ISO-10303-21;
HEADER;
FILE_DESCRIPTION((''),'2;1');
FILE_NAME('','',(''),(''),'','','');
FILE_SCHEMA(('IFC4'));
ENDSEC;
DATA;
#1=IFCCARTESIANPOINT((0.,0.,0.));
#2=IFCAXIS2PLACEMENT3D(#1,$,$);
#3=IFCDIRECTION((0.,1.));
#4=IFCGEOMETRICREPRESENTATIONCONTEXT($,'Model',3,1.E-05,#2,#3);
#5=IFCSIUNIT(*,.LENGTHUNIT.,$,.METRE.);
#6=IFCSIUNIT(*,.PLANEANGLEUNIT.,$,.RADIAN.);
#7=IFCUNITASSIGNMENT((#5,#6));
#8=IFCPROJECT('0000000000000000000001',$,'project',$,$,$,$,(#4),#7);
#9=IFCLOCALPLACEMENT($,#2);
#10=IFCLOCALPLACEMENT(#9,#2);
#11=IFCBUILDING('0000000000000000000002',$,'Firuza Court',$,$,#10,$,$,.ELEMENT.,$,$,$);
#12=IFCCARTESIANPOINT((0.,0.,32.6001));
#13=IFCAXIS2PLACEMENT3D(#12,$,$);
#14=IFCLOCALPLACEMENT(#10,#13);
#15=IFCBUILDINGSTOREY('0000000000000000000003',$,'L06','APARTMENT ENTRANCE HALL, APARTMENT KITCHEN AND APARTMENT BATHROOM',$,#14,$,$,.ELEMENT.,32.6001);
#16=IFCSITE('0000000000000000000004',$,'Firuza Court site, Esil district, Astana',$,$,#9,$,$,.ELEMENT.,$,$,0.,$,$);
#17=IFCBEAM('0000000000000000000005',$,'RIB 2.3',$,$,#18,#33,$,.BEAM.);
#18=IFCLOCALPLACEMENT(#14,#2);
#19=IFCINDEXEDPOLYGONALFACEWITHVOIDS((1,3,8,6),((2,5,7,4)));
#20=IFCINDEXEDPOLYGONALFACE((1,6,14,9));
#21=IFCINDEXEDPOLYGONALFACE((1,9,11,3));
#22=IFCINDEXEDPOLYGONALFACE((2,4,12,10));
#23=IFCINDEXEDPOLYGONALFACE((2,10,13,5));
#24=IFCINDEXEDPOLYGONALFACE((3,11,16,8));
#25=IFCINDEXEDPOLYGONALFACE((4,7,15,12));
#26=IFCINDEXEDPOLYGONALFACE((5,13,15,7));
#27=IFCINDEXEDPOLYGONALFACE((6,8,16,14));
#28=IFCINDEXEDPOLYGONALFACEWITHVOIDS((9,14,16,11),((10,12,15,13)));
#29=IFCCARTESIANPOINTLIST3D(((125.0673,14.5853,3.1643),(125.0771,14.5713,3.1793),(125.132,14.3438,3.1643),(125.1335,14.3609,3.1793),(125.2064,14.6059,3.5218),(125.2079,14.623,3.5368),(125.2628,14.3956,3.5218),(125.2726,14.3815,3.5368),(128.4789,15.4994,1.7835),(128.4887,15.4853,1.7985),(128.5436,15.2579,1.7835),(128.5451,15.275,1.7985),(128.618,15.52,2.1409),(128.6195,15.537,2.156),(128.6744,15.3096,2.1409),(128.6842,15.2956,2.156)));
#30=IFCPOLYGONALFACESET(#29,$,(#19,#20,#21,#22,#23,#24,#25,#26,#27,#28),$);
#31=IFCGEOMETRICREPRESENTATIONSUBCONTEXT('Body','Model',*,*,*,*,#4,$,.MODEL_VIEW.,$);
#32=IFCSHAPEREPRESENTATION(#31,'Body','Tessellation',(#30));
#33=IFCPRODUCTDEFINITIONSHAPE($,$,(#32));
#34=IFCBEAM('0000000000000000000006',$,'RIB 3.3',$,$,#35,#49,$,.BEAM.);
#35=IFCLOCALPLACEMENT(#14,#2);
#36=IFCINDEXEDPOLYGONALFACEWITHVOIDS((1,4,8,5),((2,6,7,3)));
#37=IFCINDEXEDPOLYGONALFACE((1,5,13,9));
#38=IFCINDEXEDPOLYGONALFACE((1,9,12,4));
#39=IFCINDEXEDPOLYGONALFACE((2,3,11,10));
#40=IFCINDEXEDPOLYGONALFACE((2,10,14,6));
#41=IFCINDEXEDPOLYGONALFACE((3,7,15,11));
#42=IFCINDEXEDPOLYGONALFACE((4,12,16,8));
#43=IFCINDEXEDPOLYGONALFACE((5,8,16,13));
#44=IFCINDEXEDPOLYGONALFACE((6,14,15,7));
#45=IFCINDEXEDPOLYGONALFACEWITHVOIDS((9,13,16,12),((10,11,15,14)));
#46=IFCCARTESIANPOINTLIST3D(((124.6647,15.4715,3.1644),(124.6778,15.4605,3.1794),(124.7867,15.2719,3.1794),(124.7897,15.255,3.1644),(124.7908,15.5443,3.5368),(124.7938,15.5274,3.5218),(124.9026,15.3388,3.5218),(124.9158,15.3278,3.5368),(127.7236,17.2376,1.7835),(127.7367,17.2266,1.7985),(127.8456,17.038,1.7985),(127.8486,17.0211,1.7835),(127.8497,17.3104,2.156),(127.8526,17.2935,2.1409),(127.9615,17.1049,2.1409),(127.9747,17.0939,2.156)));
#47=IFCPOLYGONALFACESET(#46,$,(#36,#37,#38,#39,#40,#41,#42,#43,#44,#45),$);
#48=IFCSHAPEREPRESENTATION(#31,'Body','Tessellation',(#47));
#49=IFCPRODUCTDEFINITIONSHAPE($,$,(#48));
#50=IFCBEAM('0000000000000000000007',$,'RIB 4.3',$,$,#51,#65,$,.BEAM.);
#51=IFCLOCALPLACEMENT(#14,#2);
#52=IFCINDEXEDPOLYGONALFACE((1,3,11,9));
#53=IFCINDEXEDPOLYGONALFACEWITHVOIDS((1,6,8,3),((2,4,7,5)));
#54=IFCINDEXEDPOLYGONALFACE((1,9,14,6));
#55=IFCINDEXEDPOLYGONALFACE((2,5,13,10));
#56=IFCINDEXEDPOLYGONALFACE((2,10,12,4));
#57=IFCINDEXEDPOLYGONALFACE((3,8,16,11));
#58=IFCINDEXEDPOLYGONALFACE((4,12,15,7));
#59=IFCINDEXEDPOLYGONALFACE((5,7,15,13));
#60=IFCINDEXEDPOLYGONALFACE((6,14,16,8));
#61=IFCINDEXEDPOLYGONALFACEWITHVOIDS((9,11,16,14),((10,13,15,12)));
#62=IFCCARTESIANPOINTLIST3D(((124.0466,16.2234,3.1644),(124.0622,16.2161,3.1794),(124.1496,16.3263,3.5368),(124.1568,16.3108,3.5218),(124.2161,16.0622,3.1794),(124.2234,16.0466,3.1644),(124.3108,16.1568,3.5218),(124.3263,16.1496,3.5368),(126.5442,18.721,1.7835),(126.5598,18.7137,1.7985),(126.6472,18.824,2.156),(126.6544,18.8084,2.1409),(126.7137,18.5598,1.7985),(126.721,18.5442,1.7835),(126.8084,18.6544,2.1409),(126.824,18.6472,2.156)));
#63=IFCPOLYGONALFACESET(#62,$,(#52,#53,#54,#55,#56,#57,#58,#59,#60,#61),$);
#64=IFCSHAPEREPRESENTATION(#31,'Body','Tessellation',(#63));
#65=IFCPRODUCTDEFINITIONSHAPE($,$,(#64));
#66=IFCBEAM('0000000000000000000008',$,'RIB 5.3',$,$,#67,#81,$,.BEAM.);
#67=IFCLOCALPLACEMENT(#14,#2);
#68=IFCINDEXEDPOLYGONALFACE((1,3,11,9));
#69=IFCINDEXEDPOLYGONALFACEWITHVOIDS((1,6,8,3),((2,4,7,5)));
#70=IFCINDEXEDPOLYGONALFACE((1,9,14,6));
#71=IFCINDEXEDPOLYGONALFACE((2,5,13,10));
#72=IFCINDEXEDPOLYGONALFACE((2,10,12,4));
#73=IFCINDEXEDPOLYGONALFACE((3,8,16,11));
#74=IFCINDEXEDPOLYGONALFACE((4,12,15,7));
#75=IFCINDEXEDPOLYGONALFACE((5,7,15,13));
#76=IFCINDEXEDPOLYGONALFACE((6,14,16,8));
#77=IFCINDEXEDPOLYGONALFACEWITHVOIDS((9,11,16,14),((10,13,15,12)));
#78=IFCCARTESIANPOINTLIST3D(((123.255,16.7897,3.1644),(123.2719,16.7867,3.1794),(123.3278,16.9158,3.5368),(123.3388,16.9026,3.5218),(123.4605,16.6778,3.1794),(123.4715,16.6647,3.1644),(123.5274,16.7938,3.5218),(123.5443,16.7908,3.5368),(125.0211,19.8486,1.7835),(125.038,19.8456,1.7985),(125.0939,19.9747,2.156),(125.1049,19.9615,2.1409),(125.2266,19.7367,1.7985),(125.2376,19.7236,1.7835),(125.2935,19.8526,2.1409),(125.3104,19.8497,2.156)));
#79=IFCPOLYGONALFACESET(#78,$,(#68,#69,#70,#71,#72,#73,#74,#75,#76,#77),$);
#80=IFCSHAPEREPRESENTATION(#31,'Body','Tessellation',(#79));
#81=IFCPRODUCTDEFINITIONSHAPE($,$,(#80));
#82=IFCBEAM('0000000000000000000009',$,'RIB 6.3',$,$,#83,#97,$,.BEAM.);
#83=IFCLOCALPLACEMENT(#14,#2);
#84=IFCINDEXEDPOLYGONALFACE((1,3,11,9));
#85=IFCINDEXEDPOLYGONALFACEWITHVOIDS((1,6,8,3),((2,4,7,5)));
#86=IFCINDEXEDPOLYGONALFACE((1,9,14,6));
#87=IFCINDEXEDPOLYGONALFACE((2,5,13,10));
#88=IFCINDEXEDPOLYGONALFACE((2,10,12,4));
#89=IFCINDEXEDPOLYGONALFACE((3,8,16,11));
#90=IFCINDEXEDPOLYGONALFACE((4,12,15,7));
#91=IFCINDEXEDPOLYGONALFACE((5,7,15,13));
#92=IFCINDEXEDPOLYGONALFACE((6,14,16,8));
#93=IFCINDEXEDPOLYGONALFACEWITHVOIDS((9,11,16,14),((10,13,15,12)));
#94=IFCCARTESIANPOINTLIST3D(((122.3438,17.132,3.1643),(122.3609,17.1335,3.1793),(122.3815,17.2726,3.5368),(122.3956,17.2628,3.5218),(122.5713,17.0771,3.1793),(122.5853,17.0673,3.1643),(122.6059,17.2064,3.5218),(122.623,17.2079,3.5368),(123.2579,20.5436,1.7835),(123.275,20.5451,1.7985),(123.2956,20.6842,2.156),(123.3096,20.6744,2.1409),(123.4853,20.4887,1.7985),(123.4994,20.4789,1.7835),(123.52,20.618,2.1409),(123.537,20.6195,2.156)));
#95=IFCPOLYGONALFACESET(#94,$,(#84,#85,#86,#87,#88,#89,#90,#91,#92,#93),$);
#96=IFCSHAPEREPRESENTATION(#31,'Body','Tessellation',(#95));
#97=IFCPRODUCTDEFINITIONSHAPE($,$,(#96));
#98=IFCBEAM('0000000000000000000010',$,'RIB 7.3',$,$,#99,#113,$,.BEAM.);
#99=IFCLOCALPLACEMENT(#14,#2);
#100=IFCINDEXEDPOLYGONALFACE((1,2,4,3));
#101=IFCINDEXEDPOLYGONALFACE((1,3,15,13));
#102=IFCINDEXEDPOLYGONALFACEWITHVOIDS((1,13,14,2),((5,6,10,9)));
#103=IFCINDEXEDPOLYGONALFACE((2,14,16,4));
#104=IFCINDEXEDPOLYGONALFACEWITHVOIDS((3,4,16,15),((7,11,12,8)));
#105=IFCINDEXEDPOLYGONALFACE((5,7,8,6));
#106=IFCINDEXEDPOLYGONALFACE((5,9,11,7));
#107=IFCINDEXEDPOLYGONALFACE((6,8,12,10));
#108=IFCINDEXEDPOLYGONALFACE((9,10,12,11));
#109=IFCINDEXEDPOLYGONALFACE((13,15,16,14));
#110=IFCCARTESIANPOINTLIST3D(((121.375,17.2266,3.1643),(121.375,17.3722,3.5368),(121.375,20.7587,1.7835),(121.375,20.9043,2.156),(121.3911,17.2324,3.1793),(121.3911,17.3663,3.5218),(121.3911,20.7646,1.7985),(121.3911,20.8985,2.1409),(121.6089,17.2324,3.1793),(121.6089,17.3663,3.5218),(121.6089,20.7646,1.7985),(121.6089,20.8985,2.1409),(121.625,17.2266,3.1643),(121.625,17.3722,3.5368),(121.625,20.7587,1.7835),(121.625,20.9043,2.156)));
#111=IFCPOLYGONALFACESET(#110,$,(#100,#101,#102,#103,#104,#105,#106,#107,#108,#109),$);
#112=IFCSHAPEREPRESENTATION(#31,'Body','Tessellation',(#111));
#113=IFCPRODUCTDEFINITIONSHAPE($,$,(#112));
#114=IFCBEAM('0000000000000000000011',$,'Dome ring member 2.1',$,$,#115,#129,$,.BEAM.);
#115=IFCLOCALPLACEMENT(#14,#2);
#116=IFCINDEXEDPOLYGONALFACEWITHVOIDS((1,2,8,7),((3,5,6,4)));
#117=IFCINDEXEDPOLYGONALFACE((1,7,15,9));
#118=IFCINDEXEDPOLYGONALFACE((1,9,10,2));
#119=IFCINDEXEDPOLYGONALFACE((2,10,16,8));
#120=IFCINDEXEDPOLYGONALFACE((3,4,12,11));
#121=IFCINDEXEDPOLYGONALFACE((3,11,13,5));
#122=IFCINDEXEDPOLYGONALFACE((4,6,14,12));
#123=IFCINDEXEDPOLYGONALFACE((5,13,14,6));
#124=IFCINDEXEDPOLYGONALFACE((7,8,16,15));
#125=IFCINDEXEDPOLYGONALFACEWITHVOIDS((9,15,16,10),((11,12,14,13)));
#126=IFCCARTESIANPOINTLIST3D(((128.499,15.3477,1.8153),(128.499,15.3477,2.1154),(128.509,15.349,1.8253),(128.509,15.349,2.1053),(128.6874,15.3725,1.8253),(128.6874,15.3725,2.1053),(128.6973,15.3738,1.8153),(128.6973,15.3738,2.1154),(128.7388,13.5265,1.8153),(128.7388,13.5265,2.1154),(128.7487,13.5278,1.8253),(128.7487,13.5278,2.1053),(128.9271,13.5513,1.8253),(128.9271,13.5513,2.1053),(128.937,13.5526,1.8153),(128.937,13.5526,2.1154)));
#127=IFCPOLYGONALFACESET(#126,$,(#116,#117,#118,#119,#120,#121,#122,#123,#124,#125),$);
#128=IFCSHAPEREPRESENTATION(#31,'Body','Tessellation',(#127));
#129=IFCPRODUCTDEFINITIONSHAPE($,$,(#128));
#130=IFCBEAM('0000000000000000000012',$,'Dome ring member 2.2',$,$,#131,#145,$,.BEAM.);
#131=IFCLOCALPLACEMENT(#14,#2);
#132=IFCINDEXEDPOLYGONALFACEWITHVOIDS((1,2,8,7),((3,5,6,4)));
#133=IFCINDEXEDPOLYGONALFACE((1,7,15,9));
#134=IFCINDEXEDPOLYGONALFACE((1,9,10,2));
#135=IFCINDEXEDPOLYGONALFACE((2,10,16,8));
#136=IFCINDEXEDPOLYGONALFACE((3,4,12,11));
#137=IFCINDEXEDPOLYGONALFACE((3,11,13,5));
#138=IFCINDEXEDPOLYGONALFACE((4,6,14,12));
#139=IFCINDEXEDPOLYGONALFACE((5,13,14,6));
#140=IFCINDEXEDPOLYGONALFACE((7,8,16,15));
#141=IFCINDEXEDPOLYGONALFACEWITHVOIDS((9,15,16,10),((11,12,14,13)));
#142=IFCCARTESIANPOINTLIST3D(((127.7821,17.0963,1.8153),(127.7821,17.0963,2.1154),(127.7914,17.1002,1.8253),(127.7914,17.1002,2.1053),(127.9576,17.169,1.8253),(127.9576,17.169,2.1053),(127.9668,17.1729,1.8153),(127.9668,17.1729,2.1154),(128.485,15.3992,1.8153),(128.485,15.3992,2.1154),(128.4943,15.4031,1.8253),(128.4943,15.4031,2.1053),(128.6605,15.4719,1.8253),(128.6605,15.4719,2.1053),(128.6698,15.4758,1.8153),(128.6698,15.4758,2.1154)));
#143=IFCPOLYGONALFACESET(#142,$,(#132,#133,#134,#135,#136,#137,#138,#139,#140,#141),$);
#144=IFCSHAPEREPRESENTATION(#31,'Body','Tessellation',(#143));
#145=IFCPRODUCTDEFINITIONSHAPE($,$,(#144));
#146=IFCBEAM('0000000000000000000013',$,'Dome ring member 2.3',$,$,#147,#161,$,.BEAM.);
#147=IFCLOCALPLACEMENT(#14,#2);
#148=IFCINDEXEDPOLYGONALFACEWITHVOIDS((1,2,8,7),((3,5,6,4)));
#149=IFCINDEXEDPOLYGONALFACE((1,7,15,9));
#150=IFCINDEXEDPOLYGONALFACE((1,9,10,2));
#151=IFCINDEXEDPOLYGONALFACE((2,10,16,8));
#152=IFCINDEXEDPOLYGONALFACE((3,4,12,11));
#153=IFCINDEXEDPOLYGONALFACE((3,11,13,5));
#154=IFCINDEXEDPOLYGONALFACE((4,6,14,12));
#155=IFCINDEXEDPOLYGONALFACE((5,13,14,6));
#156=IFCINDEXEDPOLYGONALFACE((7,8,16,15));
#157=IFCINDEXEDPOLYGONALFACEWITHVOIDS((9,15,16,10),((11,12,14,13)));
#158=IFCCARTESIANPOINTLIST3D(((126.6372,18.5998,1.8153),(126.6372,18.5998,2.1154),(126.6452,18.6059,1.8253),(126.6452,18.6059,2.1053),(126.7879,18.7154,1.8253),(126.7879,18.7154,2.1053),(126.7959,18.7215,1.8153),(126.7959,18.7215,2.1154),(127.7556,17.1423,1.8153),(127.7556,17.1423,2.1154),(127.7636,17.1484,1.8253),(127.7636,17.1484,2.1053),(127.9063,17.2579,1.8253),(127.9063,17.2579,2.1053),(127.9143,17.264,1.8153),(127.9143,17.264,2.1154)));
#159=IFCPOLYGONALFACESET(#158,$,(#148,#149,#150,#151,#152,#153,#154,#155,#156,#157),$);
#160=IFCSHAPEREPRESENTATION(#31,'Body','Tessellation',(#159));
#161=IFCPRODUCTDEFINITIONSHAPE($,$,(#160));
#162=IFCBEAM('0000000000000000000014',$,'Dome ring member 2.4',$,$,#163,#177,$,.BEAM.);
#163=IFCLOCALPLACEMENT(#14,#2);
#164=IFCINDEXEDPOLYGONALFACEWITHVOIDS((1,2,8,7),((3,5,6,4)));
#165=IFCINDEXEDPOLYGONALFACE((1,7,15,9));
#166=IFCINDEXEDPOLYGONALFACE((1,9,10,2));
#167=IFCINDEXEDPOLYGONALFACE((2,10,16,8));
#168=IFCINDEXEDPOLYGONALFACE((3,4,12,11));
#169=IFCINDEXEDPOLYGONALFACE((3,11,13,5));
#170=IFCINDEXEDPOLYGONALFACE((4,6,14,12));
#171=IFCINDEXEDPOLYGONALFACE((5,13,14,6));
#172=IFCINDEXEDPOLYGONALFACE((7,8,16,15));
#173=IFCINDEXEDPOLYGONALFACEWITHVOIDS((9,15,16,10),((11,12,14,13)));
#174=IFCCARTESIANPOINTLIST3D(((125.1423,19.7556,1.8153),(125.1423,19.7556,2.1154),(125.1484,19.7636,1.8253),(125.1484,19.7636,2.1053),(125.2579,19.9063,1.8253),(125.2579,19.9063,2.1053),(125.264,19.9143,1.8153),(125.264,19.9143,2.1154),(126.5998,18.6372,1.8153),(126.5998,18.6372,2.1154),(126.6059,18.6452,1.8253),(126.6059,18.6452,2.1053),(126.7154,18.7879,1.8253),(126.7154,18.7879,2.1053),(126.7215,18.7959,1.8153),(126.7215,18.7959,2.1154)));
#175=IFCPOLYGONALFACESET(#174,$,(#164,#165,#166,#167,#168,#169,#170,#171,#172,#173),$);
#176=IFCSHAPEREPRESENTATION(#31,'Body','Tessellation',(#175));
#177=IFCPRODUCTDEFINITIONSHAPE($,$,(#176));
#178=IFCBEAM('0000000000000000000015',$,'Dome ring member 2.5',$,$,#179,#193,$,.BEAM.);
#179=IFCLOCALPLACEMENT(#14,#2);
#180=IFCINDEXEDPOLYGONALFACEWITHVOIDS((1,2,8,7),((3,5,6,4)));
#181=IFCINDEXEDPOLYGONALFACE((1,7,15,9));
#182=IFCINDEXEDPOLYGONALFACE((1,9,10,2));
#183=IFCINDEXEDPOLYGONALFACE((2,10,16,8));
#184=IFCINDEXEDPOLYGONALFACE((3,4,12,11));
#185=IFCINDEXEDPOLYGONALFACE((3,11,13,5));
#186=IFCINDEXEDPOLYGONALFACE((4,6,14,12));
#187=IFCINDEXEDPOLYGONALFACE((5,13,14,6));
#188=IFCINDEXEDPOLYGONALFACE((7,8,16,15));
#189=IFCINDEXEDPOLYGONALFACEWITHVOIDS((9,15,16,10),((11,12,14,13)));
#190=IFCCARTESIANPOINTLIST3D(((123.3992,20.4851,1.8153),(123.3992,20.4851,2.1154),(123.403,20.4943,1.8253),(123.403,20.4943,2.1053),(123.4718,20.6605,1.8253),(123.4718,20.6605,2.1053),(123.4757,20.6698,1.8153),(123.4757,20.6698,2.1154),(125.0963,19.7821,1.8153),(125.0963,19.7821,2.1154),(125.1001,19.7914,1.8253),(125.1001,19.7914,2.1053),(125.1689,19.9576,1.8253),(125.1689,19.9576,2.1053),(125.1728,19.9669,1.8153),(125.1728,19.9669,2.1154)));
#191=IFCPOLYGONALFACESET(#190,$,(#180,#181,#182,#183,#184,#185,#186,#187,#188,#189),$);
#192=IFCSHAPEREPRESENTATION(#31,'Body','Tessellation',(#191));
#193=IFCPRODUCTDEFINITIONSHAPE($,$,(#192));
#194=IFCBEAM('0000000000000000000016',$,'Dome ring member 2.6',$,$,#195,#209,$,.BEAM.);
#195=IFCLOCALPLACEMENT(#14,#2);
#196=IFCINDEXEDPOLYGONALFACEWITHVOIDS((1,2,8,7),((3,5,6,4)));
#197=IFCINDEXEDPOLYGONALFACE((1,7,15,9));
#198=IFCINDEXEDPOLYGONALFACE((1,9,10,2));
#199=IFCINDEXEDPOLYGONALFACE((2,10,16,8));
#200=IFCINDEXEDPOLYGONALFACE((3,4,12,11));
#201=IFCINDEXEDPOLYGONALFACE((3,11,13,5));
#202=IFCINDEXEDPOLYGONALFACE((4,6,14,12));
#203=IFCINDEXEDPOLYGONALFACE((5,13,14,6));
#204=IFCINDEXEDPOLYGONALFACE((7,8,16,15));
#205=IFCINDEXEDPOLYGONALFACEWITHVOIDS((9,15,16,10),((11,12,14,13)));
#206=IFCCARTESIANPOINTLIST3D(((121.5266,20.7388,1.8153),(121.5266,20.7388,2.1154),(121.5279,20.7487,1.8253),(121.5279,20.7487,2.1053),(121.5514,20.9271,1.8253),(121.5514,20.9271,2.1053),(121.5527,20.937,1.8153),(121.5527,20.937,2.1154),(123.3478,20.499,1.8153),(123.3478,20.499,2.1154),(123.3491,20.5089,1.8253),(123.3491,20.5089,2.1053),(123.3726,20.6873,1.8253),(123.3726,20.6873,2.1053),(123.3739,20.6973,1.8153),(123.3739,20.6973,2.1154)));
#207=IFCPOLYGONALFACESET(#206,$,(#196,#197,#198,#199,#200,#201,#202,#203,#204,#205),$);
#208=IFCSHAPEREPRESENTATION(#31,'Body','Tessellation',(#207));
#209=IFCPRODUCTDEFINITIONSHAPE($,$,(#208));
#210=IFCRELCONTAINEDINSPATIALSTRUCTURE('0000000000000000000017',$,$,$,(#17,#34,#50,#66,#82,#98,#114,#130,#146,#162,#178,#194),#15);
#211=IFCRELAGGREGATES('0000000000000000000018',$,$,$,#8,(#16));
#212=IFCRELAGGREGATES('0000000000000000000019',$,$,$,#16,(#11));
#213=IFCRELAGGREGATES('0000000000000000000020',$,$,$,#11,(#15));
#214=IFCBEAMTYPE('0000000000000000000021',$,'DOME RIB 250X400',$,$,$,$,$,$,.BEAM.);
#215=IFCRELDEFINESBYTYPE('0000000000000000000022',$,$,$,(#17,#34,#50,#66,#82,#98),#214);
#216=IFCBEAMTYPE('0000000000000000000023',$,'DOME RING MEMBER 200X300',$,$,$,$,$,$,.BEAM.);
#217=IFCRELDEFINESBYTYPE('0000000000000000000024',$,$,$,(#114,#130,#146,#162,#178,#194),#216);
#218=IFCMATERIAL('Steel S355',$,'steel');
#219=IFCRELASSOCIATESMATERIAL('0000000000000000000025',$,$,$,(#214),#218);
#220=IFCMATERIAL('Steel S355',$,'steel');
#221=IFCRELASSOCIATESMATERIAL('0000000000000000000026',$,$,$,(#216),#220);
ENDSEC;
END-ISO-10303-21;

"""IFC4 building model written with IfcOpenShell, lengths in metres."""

from ifc_helpers import new_model, si_unit, direction, frame, origin, origin_2d, place, context, subcontext, project, spatial, hollow_rectangle, extrude, material, material_profile, profile_set, type_object, element, save


model = new_model("IFC4")

# Units and contexts
model_context = context("Model", 3, precision=1e-05, world=origin(), true_north=direction((0.0, 1.0)))
body_context = subcontext(model_context, "Body", "Model", "MODEL_VIEW")
ifc_project = project(units=[si_unit("LENGTHUNIT", "METRE"), si_unit("PLANEANGLEUNIT", "RADIAN")], contexts=[model_context])

# Site, building, storey
site_placement = place(None, origin())
site = spatial("IfcSite", under=ifc_project, at=site_placement, Name="Firuza Court site, Esil district, Astana", CompositionType="ELEMENT", RefElevation=0.0)
building_placement = place(site_placement, origin())
building = spatial("IfcBuilding", under=site, at=building_placement, Name="Firuza Court", CompositionType="ELEMENT")
storey_placement = place(building_placement, frame((0.0, 0.0, 32.6001)))
storey = spatial("IfcBuildingStorey", under=building, at=storey_placement, Name="L06", Description="APARTMENT ENTRANCE HALL, APARTMENT KITCHEN AND APARTMENT BATHROOM", CompositionType="ELEMENT", Elevation=32.6001)

# Beams
ifc_material_1 = material(Name="Steel S355", Category="steel")
ifc_material_profile_1 = material_profile(ifc_material_1, hollow_rectangle(XDim=0.25, YDim=0.3999, WallThickness=0.0161, at=origin_2d()), Name="RHS 400X250X16")
ifc_profile_set_1 = profile_set([ifc_material_profile_1], Name="Steel S355")
beam_type_1 = type_object("IfcBeamType", Name="DOME RIB 250X400", PredefinedType="BEAM", material=ifc_profile_set_1)
beam_1_placement = place(storey_placement, frame((128.5815, 15.3975, 1.9697), z_axis=(-0.899621, -0.241032, 0.364123), x_axis=(0.258798, -0.965931, 0.0)))
element("IfcBeam", 1, at=beam_1_placement, inside=storey, type_object=beam_type_1, Name="RIB 2.3", PredefinedType="BEAM", context=body_context, shape_type="SweptSolid", body=[
    extrude(hollow_rectangle(XDim=0.25, YDim=0.3999, WallThickness=0.0161, at=origin_2d()), origin(), (0.0, 0.0, 1.0), 3.7922),
])
for number, where, z_axis, x_axis, name in (
    (2, (127.8491, 17.1658, 1.9697), (-0.806567, -0.465696, 0.364111), (0.50002, -0.866014, 0.0), "RIB 3.3"),
    (3, (126.6841, 18.6841, 1.9697), (-0.658568, -0.658568, 0.364111), (0.707107, -0.707107, 0.0), "RIB 4.3"),
    (4, (125.1658, 19.8491, 1.9697), (-0.465696, -0.806567, 0.364111), (0.866014, -0.50002, 0.0), "RIB 5.3"),
):
    element("IfcBeam", number, at=place(storey_placement, frame(where, z_axis=z_axis, x_axis=x_axis)), inside=storey, type_object=beam_type_1, Name=name, PredefinedType="BEAM", context=body_context, shape_type="SweptSolid", body=[
        extrude(hollow_rectangle(XDim=0.25, YDim=0.3999, WallThickness=0.0161, at=origin_2d()), origin(), (0.0, 0.0, 1.0), 3.7925),
    ])
beam_2_placement = place(storey_placement, frame((123.3975, 20.5815, 1.9697), z_axis=(-0.241032, -0.899621, 0.364123), x_axis=(0.965931, -0.258798, 0.0)))
element("IfcBeam", 5, at=beam_2_placement, inside=storey, type_object=beam_type_1, Name="RIB 6.3", PredefinedType="BEAM", context=body_context, shape_type="SweptSolid", body=[
    extrude(hollow_rectangle(XDim=0.25, YDim=0.3999, WallThickness=0.0161, at=origin_2d()), origin(), (0.0, 0.0, 1.0), 3.7922),
])
beam_3_placement = place(storey_placement, frame((121.5, 20.8315, 1.9697), z_axis=(0.0, -0.931361, 0.364098), x_axis=(1.0, 0.0, 0.0)))
element("IfcBeam", 6, at=beam_3_placement, inside=storey, type_object=beam_type_1, Name="RIB 7.3", PredefinedType="BEAM", context=body_context, shape_type="SweptSolid", body=[
    extrude(hollow_rectangle(XDim=0.25, YDim=0.3999, WallThickness=0.0161, at=origin_2d()), origin(), (0.0, 0.0, 1.0), 3.7925),
])
ifc_material_2 = material(Name="Steel S355", Category="steel")
ifc_material_profile_2 = material_profile(ifc_material_2, hollow_rectangle(XDim=0.2, YDim=0.3, WallThickness=0.01, at=origin_2d()), Name="RHS 300X200X10")
ifc_profile_set_2 = profile_set([ifc_material_profile_2], Name="Steel S355")
beam_type_2 = type_object("IfcBeamType", Name="DOME RING MEMBER 200X300", PredefinedType="BEAM", material=ifc_profile_set_2)
for number, where, z_axis, x_axis, name in (
    (7, (128.8379, 13.5396, 1.9653), (-0.13051, 0.991447, 0.0), (-0.991447, -0.13051, 0.0), "Dome ring member 2.1"),
    (8, (128.5774, 15.4375, 1.9653), (-0.382661, 0.923889, 0.0), (-0.923889, -0.382661, 0.0), "Dome ring member 2.2"),
):
    element("IfcBeam", number, at=place(storey_placement, frame(where, z_axis=z_axis, x_axis=x_axis)), inside=storey, type_object=beam_type_2, Name=name, PredefinedType="BEAM", context=body_context, shape_type="SweptSolid", body=[
        extrude(hollow_rectangle(XDim=0.2, YDim=0.3, WallThickness=0.01, at=origin_2d()), origin(), (0.0, 0.0, 1.0), 1.8369),
    ])
for number, where, z_axis, x_axis, name in (
    (9, (127.835, 17.2031, 1.9653), (-0.608766, 0.79335, 0.0), (-0.79335, -0.608766, 0.0), "Dome ring member 2.3"),
    (10, (126.6606, 18.7166, 1.9653), (-0.79335, 0.608766, 0.0), (-0.608766, -0.79335, 0.0), "Dome ring member 2.4"),
):
    element("IfcBeam", number, at=place(storey_placement, frame(where, z_axis=z_axis, x_axis=x_axis)), inside=storey, type_object=beam_type_2, Name=name, PredefinedType="BEAM", context=body_context, shape_type="SweptSolid", body=[
        extrude(hollow_rectangle(XDim=0.2, YDim=0.3, WallThickness=0.01, at=origin_2d()), origin(), (0.0, 0.0, 1.0), 1.8372),
    ])
for number, where, z_axis, x_axis, name in (
    (11, (125.1345, 19.8745, 1.9653), (-0.923889, 0.382661, 0.0), (-0.382661, -0.923889, 0.0), "Dome ring member 2.5"),
    (12, (123.3608, 20.5981, 1.9653), (-0.991447, 0.13051, 0.0), (-0.13051, -0.991447, 0.0), "Dome ring member 2.6"),
):
    element("IfcBeam", number, at=place(storey_placement, frame(where, z_axis=z_axis, x_axis=x_axis)), inside=storey, type_object=beam_type_2, Name=name, PredefinedType="BEAM", context=body_context, shape_type="SweptSolid", body=[
        extrude(hollow_rectangle(XDim=0.2, YDim=0.3, WallThickness=0.01, at=origin_2d()), origin(), (0.0, 0.0, 1.0), 1.8369),
    ])

save(model, "model.ifc")
